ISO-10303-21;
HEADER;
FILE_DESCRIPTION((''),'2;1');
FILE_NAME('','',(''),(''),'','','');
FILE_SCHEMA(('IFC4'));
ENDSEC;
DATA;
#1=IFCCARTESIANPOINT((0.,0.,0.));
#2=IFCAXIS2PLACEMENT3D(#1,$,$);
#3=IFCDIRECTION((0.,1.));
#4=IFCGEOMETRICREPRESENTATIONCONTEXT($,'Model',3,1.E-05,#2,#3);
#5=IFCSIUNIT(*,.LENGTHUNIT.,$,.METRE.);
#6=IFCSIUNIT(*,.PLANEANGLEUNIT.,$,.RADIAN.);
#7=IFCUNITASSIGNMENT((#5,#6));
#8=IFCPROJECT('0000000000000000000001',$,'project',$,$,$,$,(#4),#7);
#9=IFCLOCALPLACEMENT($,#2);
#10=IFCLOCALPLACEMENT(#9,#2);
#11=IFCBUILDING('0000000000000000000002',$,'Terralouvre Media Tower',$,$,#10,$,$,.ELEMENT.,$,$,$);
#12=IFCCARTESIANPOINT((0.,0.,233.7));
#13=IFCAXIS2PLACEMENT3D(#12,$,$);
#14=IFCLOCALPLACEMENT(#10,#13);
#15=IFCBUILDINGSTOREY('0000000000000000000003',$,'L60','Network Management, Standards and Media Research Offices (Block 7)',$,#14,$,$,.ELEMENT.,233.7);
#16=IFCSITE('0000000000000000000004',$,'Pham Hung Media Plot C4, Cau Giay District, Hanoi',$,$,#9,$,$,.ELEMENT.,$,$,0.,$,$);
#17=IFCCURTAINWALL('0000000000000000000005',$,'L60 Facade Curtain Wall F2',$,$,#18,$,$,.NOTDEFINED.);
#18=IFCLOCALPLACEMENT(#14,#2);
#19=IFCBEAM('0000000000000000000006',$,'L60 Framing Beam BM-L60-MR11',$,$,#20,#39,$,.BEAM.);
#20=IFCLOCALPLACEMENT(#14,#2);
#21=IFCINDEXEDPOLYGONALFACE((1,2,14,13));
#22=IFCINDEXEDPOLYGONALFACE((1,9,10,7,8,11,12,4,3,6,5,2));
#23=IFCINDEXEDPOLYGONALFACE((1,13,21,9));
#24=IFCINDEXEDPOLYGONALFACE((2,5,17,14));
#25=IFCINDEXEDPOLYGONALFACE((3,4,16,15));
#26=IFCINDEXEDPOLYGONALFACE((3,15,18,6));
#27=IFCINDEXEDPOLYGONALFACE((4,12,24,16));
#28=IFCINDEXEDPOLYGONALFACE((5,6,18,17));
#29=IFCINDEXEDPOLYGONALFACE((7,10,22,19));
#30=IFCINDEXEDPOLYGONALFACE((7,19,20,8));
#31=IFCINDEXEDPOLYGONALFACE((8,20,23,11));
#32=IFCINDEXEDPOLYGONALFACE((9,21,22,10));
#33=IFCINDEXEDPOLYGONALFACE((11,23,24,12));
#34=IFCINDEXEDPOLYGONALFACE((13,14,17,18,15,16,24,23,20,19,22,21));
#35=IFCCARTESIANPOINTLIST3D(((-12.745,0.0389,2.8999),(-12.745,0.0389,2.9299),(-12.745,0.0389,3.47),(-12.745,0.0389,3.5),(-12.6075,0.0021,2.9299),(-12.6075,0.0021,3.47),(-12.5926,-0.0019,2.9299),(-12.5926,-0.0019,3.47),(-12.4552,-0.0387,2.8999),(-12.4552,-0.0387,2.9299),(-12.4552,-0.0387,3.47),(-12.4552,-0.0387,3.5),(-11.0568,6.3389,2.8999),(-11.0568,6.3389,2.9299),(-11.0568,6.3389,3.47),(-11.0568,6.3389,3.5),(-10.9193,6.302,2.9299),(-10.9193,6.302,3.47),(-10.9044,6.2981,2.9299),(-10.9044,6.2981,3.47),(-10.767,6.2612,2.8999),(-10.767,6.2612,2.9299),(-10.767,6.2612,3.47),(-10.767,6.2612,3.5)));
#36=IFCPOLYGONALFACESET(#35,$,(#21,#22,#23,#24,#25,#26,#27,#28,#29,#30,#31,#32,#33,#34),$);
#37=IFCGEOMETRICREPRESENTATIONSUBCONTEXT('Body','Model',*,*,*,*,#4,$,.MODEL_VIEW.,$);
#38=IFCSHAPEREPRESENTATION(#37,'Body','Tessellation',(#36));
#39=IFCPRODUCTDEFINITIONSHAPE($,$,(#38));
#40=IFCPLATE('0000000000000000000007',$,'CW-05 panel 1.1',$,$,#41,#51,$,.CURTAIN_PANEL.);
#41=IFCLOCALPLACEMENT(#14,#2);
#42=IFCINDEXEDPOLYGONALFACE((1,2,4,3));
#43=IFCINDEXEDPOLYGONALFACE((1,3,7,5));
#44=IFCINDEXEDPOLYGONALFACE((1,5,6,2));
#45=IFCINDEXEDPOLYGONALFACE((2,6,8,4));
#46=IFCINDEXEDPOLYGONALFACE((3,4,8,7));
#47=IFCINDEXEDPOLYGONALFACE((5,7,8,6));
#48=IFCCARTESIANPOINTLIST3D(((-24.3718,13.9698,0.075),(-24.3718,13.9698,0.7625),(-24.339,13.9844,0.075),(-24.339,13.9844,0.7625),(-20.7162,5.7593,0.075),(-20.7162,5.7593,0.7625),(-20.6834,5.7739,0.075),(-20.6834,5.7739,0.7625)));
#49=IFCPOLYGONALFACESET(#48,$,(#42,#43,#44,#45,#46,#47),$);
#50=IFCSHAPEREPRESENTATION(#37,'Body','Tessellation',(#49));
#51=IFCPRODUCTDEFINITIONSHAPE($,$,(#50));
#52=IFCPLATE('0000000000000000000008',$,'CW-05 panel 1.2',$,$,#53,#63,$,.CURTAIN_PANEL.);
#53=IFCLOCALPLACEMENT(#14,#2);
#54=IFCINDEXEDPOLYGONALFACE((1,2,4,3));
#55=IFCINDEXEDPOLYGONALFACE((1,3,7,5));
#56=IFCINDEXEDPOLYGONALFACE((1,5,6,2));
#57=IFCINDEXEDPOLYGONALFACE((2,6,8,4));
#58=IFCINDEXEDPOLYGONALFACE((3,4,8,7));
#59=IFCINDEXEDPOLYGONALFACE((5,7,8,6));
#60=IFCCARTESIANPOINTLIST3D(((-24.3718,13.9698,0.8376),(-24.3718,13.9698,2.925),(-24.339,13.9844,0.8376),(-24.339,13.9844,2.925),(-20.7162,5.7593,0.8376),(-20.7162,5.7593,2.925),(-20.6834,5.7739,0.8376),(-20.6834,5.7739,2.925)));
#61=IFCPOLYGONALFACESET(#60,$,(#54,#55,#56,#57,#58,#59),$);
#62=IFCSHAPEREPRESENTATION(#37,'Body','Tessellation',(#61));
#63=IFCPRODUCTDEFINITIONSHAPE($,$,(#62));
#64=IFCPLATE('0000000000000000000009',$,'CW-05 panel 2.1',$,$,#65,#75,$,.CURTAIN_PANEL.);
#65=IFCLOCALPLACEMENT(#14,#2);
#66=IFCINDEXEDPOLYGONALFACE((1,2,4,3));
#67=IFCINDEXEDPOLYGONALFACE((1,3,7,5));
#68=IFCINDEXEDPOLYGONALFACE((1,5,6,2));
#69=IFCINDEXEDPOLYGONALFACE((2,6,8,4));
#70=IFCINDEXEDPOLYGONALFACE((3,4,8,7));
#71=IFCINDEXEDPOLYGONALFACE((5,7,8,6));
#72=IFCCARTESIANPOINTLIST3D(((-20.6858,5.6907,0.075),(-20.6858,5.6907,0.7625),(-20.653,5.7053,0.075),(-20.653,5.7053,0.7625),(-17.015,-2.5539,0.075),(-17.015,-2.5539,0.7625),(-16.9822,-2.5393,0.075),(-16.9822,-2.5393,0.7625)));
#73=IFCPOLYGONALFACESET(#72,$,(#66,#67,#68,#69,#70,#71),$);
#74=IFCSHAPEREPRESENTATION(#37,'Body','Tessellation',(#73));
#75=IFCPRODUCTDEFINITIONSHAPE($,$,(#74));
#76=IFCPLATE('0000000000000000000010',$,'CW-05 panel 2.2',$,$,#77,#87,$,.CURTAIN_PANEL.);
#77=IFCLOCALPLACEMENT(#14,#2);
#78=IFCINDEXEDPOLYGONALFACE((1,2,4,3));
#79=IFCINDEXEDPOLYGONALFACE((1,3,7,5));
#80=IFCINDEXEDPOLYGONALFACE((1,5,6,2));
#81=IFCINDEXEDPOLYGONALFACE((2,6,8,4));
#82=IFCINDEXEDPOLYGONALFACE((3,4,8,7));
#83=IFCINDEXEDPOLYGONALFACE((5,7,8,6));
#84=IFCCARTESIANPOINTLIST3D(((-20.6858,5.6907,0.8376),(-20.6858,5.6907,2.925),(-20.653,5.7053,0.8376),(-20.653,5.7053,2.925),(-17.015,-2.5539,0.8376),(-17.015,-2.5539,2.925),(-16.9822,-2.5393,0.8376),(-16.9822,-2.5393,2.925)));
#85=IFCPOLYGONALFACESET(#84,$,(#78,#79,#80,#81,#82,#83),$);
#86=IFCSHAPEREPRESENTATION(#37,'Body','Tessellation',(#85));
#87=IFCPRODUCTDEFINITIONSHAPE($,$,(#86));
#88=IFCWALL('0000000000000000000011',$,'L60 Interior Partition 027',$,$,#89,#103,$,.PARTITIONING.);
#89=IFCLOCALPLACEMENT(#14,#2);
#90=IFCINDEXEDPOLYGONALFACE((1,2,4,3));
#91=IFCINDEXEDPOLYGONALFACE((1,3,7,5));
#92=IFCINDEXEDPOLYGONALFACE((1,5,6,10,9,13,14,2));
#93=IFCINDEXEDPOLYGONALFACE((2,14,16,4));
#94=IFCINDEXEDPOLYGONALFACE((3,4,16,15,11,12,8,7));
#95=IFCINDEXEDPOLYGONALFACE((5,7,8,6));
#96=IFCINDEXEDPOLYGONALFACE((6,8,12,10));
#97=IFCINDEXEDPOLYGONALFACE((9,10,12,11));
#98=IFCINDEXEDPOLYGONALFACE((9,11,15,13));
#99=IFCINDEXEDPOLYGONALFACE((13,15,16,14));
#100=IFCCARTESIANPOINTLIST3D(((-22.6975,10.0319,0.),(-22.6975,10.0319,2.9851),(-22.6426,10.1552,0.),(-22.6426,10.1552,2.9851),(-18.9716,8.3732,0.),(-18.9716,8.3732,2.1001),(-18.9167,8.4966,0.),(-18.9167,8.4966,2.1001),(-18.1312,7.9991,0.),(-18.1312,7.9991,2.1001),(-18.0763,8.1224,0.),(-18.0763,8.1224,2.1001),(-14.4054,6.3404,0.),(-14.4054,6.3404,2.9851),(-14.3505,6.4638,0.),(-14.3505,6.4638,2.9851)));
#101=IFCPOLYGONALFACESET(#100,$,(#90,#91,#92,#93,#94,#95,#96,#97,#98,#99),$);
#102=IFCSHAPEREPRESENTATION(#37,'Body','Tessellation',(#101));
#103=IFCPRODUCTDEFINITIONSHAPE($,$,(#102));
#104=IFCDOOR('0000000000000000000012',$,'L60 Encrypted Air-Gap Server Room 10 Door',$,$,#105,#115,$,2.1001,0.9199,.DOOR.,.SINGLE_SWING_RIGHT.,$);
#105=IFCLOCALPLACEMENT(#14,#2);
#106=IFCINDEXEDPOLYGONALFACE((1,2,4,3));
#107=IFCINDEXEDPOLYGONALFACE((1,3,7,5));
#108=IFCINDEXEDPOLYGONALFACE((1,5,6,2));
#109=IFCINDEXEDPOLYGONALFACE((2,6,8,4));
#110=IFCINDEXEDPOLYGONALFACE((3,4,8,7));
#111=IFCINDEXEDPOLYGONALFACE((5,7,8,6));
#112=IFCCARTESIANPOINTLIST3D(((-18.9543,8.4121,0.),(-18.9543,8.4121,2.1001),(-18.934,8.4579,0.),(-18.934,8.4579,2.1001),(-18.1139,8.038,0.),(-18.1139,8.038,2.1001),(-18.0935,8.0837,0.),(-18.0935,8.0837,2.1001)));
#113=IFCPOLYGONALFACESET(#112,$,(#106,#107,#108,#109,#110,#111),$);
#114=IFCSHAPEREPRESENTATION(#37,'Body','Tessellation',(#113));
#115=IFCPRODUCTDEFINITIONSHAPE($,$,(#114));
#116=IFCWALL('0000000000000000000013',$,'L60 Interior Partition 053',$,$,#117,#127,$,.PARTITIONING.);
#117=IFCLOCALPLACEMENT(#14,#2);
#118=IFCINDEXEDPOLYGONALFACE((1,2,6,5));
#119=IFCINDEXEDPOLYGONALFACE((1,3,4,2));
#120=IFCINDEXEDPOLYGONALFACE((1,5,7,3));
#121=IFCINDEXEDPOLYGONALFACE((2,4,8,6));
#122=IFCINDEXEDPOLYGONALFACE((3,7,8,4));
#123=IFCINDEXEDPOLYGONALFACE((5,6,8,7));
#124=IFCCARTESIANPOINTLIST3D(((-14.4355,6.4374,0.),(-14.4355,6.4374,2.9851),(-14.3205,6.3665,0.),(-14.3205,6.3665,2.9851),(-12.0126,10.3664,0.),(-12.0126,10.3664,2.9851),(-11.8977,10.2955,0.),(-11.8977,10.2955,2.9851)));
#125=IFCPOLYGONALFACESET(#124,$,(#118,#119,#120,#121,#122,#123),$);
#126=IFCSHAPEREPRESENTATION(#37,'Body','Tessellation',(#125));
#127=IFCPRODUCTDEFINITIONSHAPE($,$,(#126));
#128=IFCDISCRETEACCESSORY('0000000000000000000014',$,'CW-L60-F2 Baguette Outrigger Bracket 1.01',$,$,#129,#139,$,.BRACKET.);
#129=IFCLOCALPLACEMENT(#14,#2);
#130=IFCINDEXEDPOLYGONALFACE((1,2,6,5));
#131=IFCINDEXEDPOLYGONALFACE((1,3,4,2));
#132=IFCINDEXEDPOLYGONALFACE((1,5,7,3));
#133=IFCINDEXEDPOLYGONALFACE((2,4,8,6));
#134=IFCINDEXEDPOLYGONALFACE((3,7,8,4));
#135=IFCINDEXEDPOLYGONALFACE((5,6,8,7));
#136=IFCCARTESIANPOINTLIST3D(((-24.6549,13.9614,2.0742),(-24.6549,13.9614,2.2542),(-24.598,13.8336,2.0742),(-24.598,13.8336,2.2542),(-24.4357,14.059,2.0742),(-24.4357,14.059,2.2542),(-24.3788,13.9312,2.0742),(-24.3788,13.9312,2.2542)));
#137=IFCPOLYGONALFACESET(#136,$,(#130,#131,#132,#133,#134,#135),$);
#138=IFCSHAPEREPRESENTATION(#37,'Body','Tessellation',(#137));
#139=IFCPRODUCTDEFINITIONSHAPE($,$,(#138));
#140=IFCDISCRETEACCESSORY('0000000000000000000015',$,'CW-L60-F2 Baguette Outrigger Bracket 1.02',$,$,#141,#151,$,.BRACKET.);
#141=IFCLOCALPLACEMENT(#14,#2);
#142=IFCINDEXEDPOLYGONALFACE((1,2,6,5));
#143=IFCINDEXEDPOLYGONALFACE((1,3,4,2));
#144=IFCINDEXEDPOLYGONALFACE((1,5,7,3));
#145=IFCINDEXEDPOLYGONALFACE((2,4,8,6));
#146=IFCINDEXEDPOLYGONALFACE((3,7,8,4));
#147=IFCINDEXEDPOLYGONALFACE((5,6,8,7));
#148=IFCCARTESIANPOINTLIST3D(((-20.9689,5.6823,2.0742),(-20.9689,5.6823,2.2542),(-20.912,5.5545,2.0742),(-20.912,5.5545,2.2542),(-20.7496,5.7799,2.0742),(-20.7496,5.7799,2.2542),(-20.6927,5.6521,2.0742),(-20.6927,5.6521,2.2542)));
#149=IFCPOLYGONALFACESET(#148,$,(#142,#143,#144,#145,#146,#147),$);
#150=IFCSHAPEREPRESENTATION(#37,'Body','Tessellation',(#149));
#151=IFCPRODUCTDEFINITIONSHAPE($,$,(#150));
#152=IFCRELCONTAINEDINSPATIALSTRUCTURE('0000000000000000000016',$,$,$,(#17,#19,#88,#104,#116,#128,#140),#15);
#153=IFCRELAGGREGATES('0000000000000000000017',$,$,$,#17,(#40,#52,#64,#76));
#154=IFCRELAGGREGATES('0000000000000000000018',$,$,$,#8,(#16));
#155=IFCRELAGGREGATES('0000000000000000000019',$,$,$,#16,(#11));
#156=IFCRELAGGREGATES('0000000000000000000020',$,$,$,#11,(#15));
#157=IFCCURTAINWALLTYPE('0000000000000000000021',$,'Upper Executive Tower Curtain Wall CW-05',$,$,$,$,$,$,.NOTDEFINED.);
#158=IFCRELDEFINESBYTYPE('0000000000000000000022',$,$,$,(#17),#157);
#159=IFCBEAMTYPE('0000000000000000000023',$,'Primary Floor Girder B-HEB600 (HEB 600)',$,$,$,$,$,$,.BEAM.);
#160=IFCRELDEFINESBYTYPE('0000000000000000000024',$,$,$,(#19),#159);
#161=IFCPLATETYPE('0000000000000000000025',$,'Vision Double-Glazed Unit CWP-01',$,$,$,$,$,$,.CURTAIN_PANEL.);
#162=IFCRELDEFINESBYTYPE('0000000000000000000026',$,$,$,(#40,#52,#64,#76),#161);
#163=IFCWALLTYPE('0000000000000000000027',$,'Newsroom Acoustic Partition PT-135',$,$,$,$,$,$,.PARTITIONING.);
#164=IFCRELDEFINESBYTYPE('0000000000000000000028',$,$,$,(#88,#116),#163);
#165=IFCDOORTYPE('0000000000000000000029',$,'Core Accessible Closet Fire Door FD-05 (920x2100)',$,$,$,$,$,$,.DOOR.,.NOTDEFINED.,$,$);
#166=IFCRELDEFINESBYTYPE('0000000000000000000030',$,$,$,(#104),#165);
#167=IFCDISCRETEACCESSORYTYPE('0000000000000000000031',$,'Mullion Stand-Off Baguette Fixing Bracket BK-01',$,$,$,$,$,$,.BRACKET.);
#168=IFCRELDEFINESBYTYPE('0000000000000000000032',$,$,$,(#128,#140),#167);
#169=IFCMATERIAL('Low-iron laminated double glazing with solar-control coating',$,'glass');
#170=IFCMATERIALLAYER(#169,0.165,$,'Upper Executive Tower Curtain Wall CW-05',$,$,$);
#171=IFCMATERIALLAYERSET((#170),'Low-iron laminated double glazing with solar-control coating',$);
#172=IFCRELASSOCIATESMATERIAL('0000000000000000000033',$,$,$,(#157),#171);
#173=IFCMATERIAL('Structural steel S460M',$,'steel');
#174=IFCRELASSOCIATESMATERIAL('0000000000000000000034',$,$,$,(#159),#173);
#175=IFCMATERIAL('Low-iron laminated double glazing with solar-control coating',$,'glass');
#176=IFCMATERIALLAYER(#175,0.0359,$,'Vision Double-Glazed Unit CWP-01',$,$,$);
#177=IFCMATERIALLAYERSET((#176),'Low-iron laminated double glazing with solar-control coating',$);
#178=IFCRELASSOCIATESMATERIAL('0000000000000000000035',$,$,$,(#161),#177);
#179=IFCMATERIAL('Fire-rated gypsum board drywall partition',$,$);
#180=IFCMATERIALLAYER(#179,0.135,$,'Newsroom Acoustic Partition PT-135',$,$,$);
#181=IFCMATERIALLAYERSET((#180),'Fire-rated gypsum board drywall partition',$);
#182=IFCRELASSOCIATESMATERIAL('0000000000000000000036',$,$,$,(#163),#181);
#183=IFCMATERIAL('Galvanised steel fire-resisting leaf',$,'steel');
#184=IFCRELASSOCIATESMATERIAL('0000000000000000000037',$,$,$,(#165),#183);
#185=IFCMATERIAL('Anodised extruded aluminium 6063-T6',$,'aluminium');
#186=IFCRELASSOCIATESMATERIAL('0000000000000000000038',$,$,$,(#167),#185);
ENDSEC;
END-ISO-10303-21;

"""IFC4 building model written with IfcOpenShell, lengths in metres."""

from ifc_helpers import new_model, si_unit, direction, frame, frame_2d, origin, origin_2d, place, context, subcontext, project, spatial, rectangle, i_section, extrude, material, layer, layer_set, material_profile, profile_set, type_object, element, fill, aggregate, save


model = new_model("IFC4")

# Units and contexts
model_context = context("Model", 3, precision=1e-05, world=origin(), true_north=direction((0.0, 1.0)))
body_context = subcontext(model_context, "Body", "Model", "MODEL_VIEW")
ifc_project = project(units=[si_unit("LENGTHUNIT", "METRE"), si_unit("PLANEANGLEUNIT", "RADIAN")], contexts=[model_context])

# Site, building, storey
site_placement = place(None, origin())
site = spatial("IfcSite", under=ifc_project, at=site_placement, Name="Pham Hung Media Plot C4, Cau Giay District, Hanoi", CompositionType="ELEMENT", RefElevation=0.0)
building_placement = place(site_placement, origin())
building = spatial("IfcBuilding", under=site, at=building_placement, Name="Terralouvre Media Tower", CompositionType="ELEMENT")
storey_placement = place(building_placement, frame((0.0, 0.0, 233.7)))
storey = spatial("IfcBuildingStorey", under=building, at=storey_placement, Name="L60", Description="Network Management, Standards and Media Research Offices (Block 7)", CompositionType="ELEMENT", Elevation=233.7)

# Curtain wall
ifc_material_1 = material(Name="Low-iron laminated double glazing with solar-control coating", Category="glass")
ifc_layer_1 = layer(ifc_material_1, 0.165, Name="Upper Executive Tower Curtain Wall CW-05")
ifc_layer_set_1 = layer_set([ifc_layer_1], Name="Low-iron laminated double glazing with solar-control coating")
curtain_wall_type_1 = type_object("IfcCurtainWallType", Name="Upper Executive Tower Curtain Wall CW-05", PredefinedType="NOTDEFINED", material=ifc_layer_set_1)
curtain_wall_1_placement = place(storey_placement, origin())
curtain_wall_1 = element("IfcCurtainWall", 1, at=curtain_wall_1_placement, inside=storey, type_object=curtain_wall_type_1, Name="L60 Facade Curtain Wall F2", PredefinedType="NOTDEFINED")

# Beam
ifc_material_2 = material(Name="Structural steel S460M", Category="steel")
ifc_material_profile_1 = material_profile(ifc_material_2, i_section(OverallWidth=0.3, OverallDepth=0.6001, WebThickness=0.0154, FlangeThickness=0.03, at=origin_2d()), Name="HEB 600")
ifc_profile_set_1 = profile_set([ifc_material_profile_1], Name="Structural steel S460M")
beam_type_1 = type_object("IfcBeamType", Name="Primary Floor Girder B-HEB600 (HEB 600)", PredefinedType="BEAM", material=ifc_profile_set_1)
beam_1_placement = place(storey_placement, frame((-10.9119, 6.3, 3.2), z_axis=(-0.258839, -0.96592, 0.0), x_axis=(0.96592, -0.258839, 0.0)))
element("IfcBeam", 2, at=beam_1_placement, inside=storey, type_object=beam_type_1, Name="L60 Framing Beam BM-L60-MR11", PredefinedType="BEAM", context=body_context, shape_type="SweptSolid", body=[
    extrude(i_section(OverallWidth=0.3, OverallDepth=0.6001, WebThickness=0.0154, FlangeThickness=0.03, at=origin_2d()), origin(), (0.0, 0.0, 1.0), 6.5222),
])

# Plates
ifc_material_3 = material(Name="Low-iron laminated double glazing with solar-control coating", Category="glass")
ifc_layer_2 = layer(ifc_material_3, 0.0359, Name="Vision Double-Glazed Unit CWP-01")
ifc_layer_set_2 = layer_set([ifc_layer_2], Name="Low-iron laminated double glazing with solar-control coating")
plate_type = type_object("IfcPlateType", Name="Vision Double-Glazed Unit CWP-01", PredefinedType="CURTAIN_PANEL", material=ifc_layer_set_2)
plate_1_placement = place(storey_placement, frame((-22.5276, 9.8718, 0.075), z_axis=(0.0, 0.0, 1.0), x_axis=(0.406737, -0.913545, 0.0)))
plate_1 = element("IfcPlate", 3, at=plate_1_placement, type_object=plate_type, Name="CW-05 panel 1.1", PredefinedType="CURTAIN_PANEL", context=body_context, shape_type="SweptSolid", body=[
    extrude(rectangle(XDim=8.9875, YDim=0.0359, at=origin_2d()), origin(), (0.0, 0.0, 1.0), 0.6875),
])
plate_2_placement = place(storey_placement, frame((-22.5276, 9.8718, 0.8376), z_axis=(0.0, 0.0, 1.0), x_axis=(0.406737, -0.913545, 0.0)))
plate_2 = element("IfcPlate", 4, at=plate_2_placement, type_object=plate_type, Name="CW-05 panel 1.2", PredefinedType="CURTAIN_PANEL", context=body_context, shape_type="SweptSolid", body=[
    extrude(rectangle(XDim=8.9875, YDim=0.0359, at=origin_2d()), origin(), (0.0, 0.0, 1.0), 2.0874),
])
plate_3_placement = place(storey_placement, frame((-18.834, 1.5757, 0.075), z_axis=(0.0, 0.0, 1.0), x_axis=(0.406737, -0.913545, 0.0)))
plate_3 = element("IfcPlate", 5, at=plate_3_placement, type_object=plate_type, Name="CW-05 panel 2.1", PredefinedType="CURTAIN_PANEL", context=body_context, shape_type="SweptSolid", body=[
    extrude(rectangle(XDim=9.0249, YDim=0.0359, at=origin_2d()), origin(), (0.0, 0.0, 1.0), 0.6875),
])
plate_4_placement = place(storey_placement, frame((-18.834, 1.5757, 0.8376), z_axis=(0.0, 0.0, 1.0), x_axis=(0.406737, -0.913545, 0.0)))
plate_4 = element("IfcPlate", 6, at=plate_4_placement, type_object=plate_type, Name="CW-05 panel 2.2", PredefinedType="CURTAIN_PANEL", context=body_context, shape_type="SweptSolid", body=[
    extrude(rectangle(XDim=9.0249, YDim=0.0359, at=origin_2d()), origin(), (0.0, 0.0, 1.0), 2.0874),
])
aggregate(curtain_wall_1, [plate_1, plate_2, plate_3, plate_4])

# Wall, opening, door
ifc_material_4 = material(Name="Fire-rated gypsum board drywall partition")
ifc_layer_3 = layer(ifc_material_4, 0.135, Name="Newsroom Acoustic Partition PT-135")
ifc_layer_set_3 = layer_set([ifc_layer_3], Name="Fire-rated gypsum board drywall partition")
wall_type = type_object("IfcWallType", Name="Newsroom Acoustic Partition PT-135", PredefinedType="PARTITIONING", material=ifc_layer_set_3)
wall_1_placement = place(storey_placement, frame((-14.3779, 6.4021, 0.0), z_axis=(0.0, 0.0, 1.0), x_axis=(-0.913563, 0.406697, 0.0)))
wall_1 = element("IfcWall", 7, at=wall_1_placement, inside=storey, type_object=wall_type, Name="L60 Interior Partition 027", PredefinedType="PARTITIONING", context=body_context, shape_type="SweptSolid", body=[
    extrude(rectangle(XDim=9.0767, YDim=0.135, at=frame_2d((4.5383, 0.0))), origin(), (0.0, 0.0, 1.0), 2.9851),
])
opening_placement = place(wall_1_placement, frame((4.0784, 0.0, 0.0)))
opening = element("IfcOpeningElement", 8, at=opening_placement, cuts=wall_1, PredefinedType="OPENING", context=body_context, shape_type="SweptSolid", body=[
    extrude(rectangle(XDim=0.9199, YDim=2.1001, at=frame_2d((0.46, 1.05))), frame((0.0, 0.0774, 0.0), z_axis=(0.0, -1.0, 0.0), x_axis=(1.0, 0.0, 0.0)), (0.0, 0.0, 1.0), 0.155),
])
ifc_material_5 = material(Name="Galvanised steel fire-resisting leaf", Category="steel")
door_type = type_object("IfcDoorType", Name="Core Accessible Closet Fire Door FD-05 (920x2100)", OperationType="NOTDEFINED", PredefinedType="DOOR", material=ifc_material_5)
door_placement = place(opening_placement, origin())
door = element("IfcDoor", 9, at=door_placement, inside=storey, type_object=door_type, Name="L60 Encrypted Air-Gap Server Room 10 Door", OperationType="SINGLE_SWING_RIGHT", OverallHeight=2.1001, OverallWidth=0.9199, PredefinedType="DOOR", context=body_context, shape_type="SweptSolid", body=[
    extrude(rectangle(XDim=0.9199, YDim=2.1001, at=frame_2d((0.46, 1.05))), frame((0.0, 0.0249, 0.0), z_axis=(0.0, -1.0, 0.0), x_axis=(1.0, 0.0, 0.0)), (0.0, 0.0, 1.0), 0.05),
])
fill(opening, door)

# Wall
wall_2_placement = place(storey_placement, frame((-11.9551, 10.3311, 0.0), z_axis=(0.0, 0.0, 1.0), x_axis=(-0.524888, -0.851171, 0.0)))
element("IfcWall", 10, at=wall_2_placement, inside=storey, type_object=wall_type, Name="L60 Interior Partition 053", PredefinedType="PARTITIONING", context=body_context, shape_type="SweptSolid", body=[
    extrude(rectangle(XDim=4.616, YDim=0.135, at=frame_2d((2.3081, 0.0))), origin(), (0.0, 0.0, 1.0), 2.9851),
])

# Discrete accessories
ifc_material_6 = material(Name="Anodised extruded aluminium 6063-T6", Category="aluminium")
discrete_accessory_type = type_object("IfcDiscreteAccessoryType", Name="Mullion Stand-Off Baguette Fixing Bracket BK-01", PredefinedType="BRACKET", material=ifc_material_6)
for number, where, z_axis, x_axis, name in (
    (11, (-24.5168, 13.9463, 2.0742), (0.0, 0.0, 1.0), (0.406737, -0.913545, 0.0), "CW-L60-F2 Baguette Outrigger Bracket 1.01"),
    (12, (-20.8308, 5.6672, 2.0742), (0.0, 0.0, 1.0), (0.406737, -0.913545, 0.0), "CW-L60-F2 Baguette Outrigger Bracket 1.02"),
):
    element("IfcDiscreteAccessory", number, at=place(storey_placement, frame(where, z_axis=z_axis, x_axis=x_axis)), inside=storey, type_object=discrete_accessory_type, Name=name, PredefinedType="BRACKET", context=body_context, shape_type="SweptSolid", body=[
        extrude(rectangle(XDim=0.1399, YDim=0.24, at=origin_2d()), origin(), (0.0, 0.0, 1.0), 0.1799),
    ])

save(model, "model.ifc")
